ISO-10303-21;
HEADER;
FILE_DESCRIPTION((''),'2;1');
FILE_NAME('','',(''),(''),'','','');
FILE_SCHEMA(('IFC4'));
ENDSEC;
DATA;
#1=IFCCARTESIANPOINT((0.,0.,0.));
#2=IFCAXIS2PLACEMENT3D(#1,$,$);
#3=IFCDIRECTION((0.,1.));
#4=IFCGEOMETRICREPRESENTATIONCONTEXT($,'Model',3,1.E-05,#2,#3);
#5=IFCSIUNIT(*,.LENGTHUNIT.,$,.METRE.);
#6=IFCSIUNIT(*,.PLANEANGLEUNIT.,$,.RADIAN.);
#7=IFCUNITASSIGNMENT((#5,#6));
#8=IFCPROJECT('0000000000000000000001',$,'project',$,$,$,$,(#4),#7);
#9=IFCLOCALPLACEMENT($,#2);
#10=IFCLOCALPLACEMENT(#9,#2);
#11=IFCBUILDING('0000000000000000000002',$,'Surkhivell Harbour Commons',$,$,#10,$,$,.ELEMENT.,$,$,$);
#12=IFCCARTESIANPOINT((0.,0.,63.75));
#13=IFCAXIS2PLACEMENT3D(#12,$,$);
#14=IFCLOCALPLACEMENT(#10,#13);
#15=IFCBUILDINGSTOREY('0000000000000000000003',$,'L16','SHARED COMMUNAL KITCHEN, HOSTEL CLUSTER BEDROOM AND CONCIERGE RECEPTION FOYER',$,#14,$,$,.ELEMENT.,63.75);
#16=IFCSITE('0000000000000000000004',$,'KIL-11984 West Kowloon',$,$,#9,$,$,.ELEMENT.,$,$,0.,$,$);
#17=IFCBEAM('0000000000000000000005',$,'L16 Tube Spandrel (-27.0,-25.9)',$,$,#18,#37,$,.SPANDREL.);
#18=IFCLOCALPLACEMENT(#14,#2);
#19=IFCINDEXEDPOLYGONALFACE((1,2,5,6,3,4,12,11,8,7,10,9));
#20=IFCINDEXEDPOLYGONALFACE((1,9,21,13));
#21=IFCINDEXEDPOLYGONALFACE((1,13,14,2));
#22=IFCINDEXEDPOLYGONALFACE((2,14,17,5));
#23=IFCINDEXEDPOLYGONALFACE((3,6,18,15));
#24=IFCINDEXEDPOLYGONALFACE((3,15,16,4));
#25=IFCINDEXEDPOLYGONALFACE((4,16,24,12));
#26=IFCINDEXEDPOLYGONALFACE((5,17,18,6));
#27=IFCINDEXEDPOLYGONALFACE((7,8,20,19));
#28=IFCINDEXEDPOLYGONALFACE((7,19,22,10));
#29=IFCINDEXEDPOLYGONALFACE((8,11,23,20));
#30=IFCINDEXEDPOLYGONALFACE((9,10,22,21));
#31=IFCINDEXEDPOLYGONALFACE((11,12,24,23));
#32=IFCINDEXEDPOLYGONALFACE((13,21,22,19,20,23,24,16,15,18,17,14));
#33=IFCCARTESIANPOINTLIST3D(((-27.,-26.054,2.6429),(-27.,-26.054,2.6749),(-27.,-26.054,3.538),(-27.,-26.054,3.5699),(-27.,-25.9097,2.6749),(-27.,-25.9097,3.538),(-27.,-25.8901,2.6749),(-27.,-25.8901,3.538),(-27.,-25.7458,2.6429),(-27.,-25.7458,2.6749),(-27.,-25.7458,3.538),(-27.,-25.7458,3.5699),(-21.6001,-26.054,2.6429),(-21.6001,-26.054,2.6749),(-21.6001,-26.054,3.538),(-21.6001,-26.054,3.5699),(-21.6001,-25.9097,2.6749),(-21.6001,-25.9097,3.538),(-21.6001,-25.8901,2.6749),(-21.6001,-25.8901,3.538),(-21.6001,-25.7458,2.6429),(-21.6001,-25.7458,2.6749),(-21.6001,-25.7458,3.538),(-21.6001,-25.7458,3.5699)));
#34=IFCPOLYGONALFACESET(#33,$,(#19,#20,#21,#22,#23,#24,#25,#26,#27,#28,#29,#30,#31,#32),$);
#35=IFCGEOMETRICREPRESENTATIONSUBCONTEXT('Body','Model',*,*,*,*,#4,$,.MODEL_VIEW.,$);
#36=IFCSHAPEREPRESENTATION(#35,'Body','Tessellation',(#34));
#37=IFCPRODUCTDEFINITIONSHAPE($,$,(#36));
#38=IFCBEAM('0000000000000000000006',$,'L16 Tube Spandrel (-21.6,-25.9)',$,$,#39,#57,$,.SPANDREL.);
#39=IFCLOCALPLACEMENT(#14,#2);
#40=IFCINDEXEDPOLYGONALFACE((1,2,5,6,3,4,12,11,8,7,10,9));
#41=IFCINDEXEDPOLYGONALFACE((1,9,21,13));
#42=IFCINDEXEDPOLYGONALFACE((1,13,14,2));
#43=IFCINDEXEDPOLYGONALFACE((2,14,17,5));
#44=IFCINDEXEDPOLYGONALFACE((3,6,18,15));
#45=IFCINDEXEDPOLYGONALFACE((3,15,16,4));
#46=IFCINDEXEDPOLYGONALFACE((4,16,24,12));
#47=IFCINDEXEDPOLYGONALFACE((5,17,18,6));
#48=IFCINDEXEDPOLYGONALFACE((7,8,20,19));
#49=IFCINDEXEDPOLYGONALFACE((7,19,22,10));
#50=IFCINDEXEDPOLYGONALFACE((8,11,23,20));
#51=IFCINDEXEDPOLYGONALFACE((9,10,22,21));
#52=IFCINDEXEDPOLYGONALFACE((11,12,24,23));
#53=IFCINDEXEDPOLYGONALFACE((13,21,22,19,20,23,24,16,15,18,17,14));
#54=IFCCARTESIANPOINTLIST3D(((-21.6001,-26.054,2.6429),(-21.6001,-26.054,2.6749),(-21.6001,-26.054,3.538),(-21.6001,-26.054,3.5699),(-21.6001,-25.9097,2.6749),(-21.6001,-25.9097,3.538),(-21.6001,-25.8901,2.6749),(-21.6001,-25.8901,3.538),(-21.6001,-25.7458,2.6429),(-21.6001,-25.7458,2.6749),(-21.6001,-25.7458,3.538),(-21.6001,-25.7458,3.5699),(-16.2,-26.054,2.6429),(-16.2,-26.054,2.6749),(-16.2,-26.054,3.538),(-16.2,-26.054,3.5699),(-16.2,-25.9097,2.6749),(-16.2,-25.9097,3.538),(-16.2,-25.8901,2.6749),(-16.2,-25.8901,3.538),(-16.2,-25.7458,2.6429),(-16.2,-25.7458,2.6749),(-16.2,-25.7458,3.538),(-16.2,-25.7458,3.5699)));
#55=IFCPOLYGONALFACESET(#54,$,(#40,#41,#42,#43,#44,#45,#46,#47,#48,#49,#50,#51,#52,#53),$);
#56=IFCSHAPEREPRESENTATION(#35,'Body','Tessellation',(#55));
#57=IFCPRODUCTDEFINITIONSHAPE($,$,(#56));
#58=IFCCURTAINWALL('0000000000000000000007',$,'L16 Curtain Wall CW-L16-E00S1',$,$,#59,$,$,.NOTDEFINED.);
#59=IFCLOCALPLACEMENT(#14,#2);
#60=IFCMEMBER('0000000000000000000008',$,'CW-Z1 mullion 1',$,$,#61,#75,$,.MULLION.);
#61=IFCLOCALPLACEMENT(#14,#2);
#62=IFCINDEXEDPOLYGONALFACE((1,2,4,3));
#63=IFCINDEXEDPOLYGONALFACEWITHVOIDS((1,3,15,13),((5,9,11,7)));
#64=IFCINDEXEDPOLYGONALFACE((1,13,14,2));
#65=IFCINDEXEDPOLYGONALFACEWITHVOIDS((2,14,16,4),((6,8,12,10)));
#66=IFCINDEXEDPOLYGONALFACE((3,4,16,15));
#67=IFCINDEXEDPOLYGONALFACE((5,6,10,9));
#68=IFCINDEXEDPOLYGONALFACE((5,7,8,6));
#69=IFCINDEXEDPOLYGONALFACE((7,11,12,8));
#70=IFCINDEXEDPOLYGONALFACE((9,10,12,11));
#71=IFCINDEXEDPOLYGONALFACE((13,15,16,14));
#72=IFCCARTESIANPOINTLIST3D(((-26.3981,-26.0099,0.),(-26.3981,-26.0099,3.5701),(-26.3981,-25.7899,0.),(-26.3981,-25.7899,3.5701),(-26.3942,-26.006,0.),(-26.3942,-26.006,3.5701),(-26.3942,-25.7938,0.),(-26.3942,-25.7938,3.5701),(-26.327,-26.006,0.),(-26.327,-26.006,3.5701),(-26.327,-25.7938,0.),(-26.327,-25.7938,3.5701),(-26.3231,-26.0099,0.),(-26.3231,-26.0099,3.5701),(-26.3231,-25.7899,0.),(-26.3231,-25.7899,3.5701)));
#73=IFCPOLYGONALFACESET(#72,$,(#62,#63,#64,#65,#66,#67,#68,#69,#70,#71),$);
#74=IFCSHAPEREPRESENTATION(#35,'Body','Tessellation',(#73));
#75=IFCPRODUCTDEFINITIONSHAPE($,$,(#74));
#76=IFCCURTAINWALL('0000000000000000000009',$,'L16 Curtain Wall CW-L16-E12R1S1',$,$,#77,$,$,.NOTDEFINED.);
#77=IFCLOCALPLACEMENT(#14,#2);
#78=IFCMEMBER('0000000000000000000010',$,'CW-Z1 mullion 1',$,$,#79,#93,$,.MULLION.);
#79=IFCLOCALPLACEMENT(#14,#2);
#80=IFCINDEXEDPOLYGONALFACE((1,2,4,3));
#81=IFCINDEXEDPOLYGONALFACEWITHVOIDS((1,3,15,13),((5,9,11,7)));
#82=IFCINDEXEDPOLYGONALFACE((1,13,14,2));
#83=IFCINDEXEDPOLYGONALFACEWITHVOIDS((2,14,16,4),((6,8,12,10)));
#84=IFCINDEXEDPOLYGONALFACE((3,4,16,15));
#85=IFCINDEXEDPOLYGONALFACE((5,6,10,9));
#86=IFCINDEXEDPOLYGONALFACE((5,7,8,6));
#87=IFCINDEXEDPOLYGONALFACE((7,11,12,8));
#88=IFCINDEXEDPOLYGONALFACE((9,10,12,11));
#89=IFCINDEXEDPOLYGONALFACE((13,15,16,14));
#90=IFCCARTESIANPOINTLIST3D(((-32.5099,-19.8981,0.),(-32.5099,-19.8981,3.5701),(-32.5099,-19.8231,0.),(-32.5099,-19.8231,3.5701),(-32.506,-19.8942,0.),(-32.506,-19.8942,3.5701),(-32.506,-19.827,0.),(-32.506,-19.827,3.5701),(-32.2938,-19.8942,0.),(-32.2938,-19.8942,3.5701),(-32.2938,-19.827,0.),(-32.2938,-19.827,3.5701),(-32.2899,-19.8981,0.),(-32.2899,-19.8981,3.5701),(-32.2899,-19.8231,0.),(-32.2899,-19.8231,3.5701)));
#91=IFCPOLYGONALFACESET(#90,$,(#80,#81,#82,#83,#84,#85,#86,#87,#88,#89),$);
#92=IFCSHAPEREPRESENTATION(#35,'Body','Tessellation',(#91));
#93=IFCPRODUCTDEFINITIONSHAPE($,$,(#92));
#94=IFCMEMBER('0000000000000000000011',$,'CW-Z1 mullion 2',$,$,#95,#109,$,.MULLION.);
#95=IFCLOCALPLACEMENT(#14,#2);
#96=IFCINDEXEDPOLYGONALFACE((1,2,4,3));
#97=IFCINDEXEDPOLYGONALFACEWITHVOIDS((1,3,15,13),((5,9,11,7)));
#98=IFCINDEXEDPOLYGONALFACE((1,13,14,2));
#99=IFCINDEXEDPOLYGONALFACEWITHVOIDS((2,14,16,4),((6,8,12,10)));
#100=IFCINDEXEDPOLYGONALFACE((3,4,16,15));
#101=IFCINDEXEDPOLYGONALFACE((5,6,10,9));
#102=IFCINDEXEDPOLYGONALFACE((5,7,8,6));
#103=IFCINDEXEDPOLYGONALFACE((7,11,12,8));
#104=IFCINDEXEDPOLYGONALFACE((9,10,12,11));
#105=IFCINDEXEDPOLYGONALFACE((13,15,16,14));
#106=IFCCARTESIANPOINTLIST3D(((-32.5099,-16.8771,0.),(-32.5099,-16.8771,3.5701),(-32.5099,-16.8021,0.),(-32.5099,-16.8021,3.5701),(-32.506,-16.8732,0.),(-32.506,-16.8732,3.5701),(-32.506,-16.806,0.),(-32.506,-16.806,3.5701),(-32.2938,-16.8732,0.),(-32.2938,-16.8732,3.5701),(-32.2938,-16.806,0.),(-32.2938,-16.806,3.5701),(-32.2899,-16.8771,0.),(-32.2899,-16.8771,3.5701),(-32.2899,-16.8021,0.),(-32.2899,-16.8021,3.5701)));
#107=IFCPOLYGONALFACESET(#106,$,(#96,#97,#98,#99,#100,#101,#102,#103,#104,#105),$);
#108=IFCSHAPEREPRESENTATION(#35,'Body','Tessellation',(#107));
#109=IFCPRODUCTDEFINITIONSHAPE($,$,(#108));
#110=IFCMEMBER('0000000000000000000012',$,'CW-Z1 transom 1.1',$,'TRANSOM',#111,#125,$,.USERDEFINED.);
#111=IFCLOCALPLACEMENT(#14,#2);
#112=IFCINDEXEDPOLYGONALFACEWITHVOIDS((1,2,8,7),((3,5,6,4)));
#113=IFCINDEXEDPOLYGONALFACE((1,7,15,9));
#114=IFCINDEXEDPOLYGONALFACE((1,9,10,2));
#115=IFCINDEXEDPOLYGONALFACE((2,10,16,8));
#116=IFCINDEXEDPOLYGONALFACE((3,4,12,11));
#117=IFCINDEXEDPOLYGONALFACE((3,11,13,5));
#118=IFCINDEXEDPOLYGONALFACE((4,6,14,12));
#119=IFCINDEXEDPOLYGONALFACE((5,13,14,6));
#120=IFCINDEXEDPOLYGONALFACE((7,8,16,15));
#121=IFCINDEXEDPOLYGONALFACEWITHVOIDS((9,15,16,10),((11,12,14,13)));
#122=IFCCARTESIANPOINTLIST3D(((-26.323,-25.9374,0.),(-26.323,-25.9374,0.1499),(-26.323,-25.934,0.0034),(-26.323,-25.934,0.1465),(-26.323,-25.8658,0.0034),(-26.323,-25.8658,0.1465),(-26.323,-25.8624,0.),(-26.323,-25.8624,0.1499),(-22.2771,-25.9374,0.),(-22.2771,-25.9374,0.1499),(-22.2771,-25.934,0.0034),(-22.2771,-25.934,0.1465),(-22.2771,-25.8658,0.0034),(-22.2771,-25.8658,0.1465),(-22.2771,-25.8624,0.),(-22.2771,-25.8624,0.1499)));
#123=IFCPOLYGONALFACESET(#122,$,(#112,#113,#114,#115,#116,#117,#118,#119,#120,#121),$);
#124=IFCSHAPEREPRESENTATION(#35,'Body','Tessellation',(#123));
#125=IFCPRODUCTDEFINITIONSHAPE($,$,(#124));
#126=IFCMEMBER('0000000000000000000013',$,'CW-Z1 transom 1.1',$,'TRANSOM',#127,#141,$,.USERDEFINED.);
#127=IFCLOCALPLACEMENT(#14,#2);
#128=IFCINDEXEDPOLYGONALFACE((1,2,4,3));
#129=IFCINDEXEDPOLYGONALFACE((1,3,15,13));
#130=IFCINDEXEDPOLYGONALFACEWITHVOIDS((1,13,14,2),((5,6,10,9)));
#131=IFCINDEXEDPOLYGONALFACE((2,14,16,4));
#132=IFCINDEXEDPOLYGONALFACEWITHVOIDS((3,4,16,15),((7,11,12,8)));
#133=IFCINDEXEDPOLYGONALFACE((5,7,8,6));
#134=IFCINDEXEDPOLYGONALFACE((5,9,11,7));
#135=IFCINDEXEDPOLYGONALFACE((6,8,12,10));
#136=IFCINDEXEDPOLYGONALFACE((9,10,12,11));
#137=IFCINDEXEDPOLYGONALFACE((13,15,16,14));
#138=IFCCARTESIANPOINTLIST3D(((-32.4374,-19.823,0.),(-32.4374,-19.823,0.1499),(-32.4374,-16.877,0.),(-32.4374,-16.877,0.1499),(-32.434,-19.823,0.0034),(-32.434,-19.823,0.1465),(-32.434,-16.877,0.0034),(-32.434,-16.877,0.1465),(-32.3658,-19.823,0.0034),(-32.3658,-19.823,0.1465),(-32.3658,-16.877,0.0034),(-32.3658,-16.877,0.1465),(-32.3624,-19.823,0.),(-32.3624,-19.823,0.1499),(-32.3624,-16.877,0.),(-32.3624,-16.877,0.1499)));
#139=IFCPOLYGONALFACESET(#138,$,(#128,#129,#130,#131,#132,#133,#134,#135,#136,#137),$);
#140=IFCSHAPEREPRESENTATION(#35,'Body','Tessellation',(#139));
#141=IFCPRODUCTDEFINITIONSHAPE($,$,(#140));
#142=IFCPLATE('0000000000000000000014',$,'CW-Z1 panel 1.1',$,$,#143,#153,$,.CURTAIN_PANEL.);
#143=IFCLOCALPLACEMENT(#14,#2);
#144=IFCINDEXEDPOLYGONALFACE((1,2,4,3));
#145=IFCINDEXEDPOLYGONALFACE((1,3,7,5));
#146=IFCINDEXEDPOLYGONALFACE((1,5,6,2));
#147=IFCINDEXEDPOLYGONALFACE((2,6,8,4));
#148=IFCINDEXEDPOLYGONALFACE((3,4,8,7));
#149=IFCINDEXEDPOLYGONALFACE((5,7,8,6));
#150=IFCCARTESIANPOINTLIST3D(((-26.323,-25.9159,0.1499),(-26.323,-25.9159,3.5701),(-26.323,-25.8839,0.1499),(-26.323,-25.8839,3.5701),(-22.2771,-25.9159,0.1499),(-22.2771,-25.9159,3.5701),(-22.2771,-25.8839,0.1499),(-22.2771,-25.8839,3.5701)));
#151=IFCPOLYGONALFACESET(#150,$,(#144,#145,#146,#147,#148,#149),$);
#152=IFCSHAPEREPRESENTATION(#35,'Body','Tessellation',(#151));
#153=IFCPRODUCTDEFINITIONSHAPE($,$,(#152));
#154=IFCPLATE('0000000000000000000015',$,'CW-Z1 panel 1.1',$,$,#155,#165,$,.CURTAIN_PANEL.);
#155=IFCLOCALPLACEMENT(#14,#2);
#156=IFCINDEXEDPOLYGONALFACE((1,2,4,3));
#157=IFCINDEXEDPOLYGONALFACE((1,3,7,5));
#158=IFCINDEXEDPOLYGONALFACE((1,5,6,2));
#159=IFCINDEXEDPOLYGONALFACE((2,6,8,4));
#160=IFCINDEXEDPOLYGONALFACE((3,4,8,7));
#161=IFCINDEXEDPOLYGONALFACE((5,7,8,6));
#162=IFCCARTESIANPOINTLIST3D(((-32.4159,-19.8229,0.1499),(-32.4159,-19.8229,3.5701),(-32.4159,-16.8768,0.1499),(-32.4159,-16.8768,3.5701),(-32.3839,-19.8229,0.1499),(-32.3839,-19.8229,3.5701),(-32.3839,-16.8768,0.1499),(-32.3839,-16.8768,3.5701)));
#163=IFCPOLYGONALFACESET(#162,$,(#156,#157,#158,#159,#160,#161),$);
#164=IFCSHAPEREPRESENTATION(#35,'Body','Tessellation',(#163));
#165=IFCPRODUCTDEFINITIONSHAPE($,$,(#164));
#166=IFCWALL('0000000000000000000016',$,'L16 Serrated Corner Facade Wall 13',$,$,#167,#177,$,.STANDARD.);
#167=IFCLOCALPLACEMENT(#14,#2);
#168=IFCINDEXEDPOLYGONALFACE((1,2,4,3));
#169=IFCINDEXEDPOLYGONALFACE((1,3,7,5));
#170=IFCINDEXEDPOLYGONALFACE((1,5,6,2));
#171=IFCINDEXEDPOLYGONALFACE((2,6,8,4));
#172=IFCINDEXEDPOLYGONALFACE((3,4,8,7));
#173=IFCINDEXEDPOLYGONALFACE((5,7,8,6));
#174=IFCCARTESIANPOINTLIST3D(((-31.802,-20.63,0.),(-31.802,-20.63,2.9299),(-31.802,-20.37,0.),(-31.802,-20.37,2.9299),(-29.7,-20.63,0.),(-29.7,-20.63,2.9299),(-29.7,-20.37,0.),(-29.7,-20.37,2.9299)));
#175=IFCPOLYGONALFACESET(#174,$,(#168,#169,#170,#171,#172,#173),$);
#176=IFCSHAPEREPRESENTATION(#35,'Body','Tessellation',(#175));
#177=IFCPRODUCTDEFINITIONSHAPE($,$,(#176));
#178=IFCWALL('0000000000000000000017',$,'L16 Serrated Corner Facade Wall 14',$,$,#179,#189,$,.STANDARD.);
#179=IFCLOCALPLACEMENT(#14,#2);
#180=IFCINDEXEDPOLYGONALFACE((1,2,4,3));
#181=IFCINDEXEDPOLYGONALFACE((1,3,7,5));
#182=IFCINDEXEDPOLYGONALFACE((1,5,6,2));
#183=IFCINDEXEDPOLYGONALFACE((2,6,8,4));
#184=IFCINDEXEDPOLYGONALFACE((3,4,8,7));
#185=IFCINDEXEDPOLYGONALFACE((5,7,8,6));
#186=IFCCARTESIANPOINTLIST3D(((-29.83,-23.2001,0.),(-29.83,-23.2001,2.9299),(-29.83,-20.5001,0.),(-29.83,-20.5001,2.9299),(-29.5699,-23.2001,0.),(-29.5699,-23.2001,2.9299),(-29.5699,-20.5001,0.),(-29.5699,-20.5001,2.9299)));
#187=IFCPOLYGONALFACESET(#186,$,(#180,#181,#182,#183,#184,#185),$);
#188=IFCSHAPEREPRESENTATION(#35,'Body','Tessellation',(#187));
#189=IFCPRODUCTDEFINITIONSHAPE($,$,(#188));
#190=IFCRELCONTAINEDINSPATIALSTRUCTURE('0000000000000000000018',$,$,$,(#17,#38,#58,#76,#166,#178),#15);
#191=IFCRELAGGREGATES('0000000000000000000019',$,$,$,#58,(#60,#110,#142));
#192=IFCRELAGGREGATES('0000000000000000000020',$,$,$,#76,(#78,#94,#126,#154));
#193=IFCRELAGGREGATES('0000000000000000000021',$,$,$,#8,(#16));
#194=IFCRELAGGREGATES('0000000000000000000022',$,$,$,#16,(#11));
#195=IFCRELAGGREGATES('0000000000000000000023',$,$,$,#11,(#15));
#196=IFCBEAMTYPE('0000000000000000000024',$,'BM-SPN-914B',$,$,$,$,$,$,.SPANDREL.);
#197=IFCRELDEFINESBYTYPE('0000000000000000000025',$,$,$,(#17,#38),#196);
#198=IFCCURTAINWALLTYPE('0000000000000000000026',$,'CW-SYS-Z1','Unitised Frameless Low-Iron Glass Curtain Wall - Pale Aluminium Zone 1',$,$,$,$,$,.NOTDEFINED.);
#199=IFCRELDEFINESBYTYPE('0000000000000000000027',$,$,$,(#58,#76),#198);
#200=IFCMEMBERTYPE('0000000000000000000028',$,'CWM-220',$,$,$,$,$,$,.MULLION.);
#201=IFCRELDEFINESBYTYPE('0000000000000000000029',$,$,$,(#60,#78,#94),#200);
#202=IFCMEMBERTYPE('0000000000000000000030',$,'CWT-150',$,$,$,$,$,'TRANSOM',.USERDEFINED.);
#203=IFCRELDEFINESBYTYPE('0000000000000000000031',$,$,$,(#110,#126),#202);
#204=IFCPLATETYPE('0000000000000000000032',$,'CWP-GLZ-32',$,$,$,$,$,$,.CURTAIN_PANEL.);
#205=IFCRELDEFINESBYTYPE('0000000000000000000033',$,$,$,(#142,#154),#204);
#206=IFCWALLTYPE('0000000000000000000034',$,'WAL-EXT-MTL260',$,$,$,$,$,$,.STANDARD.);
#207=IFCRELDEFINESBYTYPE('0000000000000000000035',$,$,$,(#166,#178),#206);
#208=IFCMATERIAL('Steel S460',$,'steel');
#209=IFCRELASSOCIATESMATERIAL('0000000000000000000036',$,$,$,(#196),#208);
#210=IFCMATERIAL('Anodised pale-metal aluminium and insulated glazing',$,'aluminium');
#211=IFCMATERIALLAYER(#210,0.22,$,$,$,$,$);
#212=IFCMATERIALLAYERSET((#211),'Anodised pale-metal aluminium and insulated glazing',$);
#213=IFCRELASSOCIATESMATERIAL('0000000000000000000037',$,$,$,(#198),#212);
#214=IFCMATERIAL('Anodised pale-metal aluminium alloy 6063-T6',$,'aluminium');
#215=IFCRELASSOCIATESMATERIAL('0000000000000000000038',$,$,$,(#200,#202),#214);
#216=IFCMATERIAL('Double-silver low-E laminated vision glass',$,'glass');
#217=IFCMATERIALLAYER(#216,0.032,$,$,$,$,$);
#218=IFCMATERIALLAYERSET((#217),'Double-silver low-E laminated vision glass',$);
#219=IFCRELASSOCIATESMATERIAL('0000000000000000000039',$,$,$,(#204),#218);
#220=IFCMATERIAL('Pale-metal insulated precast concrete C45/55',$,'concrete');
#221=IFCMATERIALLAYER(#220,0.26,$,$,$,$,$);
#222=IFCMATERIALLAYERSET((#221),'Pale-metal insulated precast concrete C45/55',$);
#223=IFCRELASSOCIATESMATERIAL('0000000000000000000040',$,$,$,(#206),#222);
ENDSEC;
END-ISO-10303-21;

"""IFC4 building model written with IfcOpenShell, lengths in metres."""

from ifc_helpers import new_model, si_unit, direction, frame, frame_2d, origin, origin_2d, place, context, subcontext, project, spatial, rectangle, hollow_rectangle, i_section, extrude, material, layer, layer_set, material_profile, profile_set, type_object, element, aggregate, save


model = new_model("IFC4")

# Units and contexts
model_context = context("Model", 3, precision=1e-05, world=origin(), true_north=direction((0.0, 1.0)))
body_context = subcontext(model_context, "Body", "Model", "MODEL_VIEW")
ifc_project = project(units=[si_unit("LENGTHUNIT", "METRE"), si_unit("PLANEANGLEUNIT", "RADIAN")], contexts=[model_context])

# Site, building, storey
site_placement = place(None, origin())
site = spatial("IfcSite", under=ifc_project, at=site_placement, Name="KIL-11984 West Kowloon", CompositionType="ELEMENT", RefElevation=0.0)
building_placement = place(site_placement, origin())
building = spatial("IfcBuilding", under=site, at=building_placement, Name="Surkhivell Harbour Commons", CompositionType="ELEMENT")
storey_placement = place(building_placement, frame((0.0, 0.0, 63.75)))
storey = spatial("IfcBuildingStorey", under=building, at=storey_placement, Name="L16", Description="SHARED COMMUNAL KITCHEN, HOSTEL CLUSTER BEDROOM AND CONCIERGE RECEPTION FOYER", CompositionType="ELEMENT", Elevation=63.75)

# Beams
ifc_material_1 = material(Name="Steel S460", Category="steel")
ifc_material_profile_1 = material_profile(ifc_material_1, i_section(OverallWidth=0.3081, OverallDepth=0.927, WebThickness=0.0195, FlangeThickness=0.032, at=origin_2d()), Name="UB914x305x289")
ifc_profile_set_1 = profile_set([ifc_material_profile_1], Name="Steel S460")
beam_type_1 = type_object("IfcBeamType", Name="BM-SPN-914B", PredefinedType="SPANDREL", material=ifc_profile_set_1)
for number, where, z_axis, x_axis, name in (
    (1, (-27.0, -25.8999, 3.1064), (1.0, 0.0, 0.0), (0.0, 1.0, 0.0), "L16 Tube Spandrel (-27.0,-25.9)"),
):
    element("IfcBeam", number, at=place(storey_placement, frame(where, z_axis=z_axis, x_axis=x_axis)), inside=storey, type_object=beam_type_1, Name=name, PredefinedType="SPANDREL", context=body_context, shape_type="SweptSolid", body=[
        extrude(i_section(OverallWidth=0.3081, OverallDepth=0.927, WebThickness=0.0195, FlangeThickness=0.032, at=origin_2d()), origin(), (0.0, 0.0, 1.0), 5.3999),
    ])
beam_1_placement = place(storey_placement, frame((-21.6001, -25.8999, 3.1064), z_axis=(1.0, 0.0, 0.0), x_axis=(0.0, 1.0, 0.0)))
element("IfcBeam", 2, at=beam_1_placement, inside=storey, type_object=beam_type_1, Name="L16 Tube Spandrel (-21.6,-25.9)", PredefinedType="SPANDREL", context=body_context, shape_type="SweptSolid", body=[
    extrude(i_section(OverallWidth=0.3081, OverallDepth=0.927, WebThickness=0.0195, FlangeThickness=0.032, at=origin_2d()), origin(), (0.0, 0.0, 1.0), 5.4001),
])

# Curtain wall, member
ifc_material_2 = material(Name="Anodised pale-metal aluminium and insulated glazing", Category="aluminium")
ifc_layer_1 = layer(ifc_material_2, 0.22)
ifc_layer_set_1 = layer_set([ifc_layer_1], Name="Anodised pale-metal aluminium and insulated glazing")
curtain_wall_type = type_object("IfcCurtainWallType", Name="CW-SYS-Z1", Description="Unitised Frameless Low-Iron Glass Curtain Wall - Pale Aluminium Zone 1", PredefinedType="NOTDEFINED", material=ifc_layer_set_1)
curtain_wall_1_placement = place(storey_placement, origin())
curtain_wall_1 = element("IfcCurtainWall", 3, at=curtain_wall_1_placement, inside=storey, type_object=curtain_wall_type, Name="L16 Curtain Wall CW-L16-E00S1", PredefinedType="NOTDEFINED")
ifc_material_3 = material(Name="Anodised pale-metal aluminium alloy 6063-T6", Category="aluminium")
ifc_material_profile_2 = material_profile(ifc_material_3, hollow_rectangle(XDim=0.075, YDim=0.22, WallThickness=0.0039, at=origin_2d()), Name="ALU-MULL-75x220")
ifc_profile_set_2 = profile_set([ifc_material_profile_2], Name="Anodised pale-metal aluminium alloy 6063-T6")
member_type_1 = type_object("IfcMemberType", Name="CWM-220", PredefinedType="MULLION", material=ifc_profile_set_2)
member_1_placement = place(storey_placement, frame((-26.3606, -25.8999, 0.0), z_axis=(0.0, 0.0, 1.0), x_axis=(1.0, 0.0, 0.0)))
member_1 = element("IfcMember", 4, at=member_1_placement, type_object=member_type_1, Name="CW-Z1 mullion 1", PredefinedType="MULLION", context=body_context, shape_type="SweptSolid", body=[
    extrude(hollow_rectangle(XDim=0.075, YDim=0.22, WallThickness=0.0039, at=origin_2d()), origin(), (0.0, 0.0, 1.0), 3.5701),
])

# Curtain wall, members
curtain_wall_2_placement = place(storey_placement, origin())
curtain_wall_2 = element("IfcCurtainWall", 5, at=curtain_wall_2_placement, inside=storey, type_object=curtain_wall_type, Name="L16 Curtain Wall CW-L16-E12R1S1", PredefinedType="NOTDEFINED")
member_2_placement = place(storey_placement, frame((-32.3999, -19.8606, 0.0), z_axis=(0.0, 0.0, 1.0), x_axis=(0.0, 1.0, 0.0)))
member_2 = element("IfcMember", 6, at=member_2_placement, type_object=member_type_1, Name="CW-Z1 mullion 1", PredefinedType="MULLION", context=body_context, shape_type="SweptSolid", body=[
    extrude(hollow_rectangle(XDim=0.075, YDim=0.22, WallThickness=0.0039, at=origin_2d()), origin(), (0.0, 0.0, 1.0), 3.5701),
])
member_3_placement = place(storey_placement, frame((-32.3999, -16.8396, 0.0), z_axis=(0.0, 0.0, 1.0), x_axis=(0.0, 1.0, 0.0)))
member_3 = element("IfcMember", 7, at=member_3_placement, type_object=member_type_1, Name="CW-Z1 mullion 2", PredefinedType="MULLION", context=body_context, shape_type="SweptSolid", body=[
    extrude(hollow_rectangle(XDim=0.075, YDim=0.22, WallThickness=0.0039, at=origin_2d()), origin(), (0.0, 0.0, 1.0), 3.5701),
])

# Members
ifc_material_profile_3 = material_profile(ifc_material_3, hollow_rectangle(XDim=0.075, YDim=0.1499, WallThickness=0.0034, at=origin_2d()), Name="ALU-TRAN-75x150")
ifc_profile_set_3 = profile_set([ifc_material_profile_3], Name="Anodised pale-metal aluminium alloy 6063-T6")
member_type_2 = type_object("IfcMemberType", Name="CWT-150", ElementType="TRANSOM", PredefinedType="USERDEFINED", material=ifc_profile_set_3)
member_4_placement = place(storey_placement, frame((-26.323, -25.8999, 0.075), z_axis=(1.0, 0.0, 0.0), x_axis=(0.0, 1.0, 0.0)))
member_4 = element("IfcMember", 8, at=member_4_placement, type_object=member_type_2, Name="CW-Z1 transom 1.1", ObjectType="TRANSOM", PredefinedType="USERDEFINED", context=body_context, shape_type="SweptSolid", body=[
    extrude(hollow_rectangle(XDim=0.075, YDim=0.1499, WallThickness=0.0034, at=origin_2d()), origin(), (0.0, 0.0, 1.0), 4.0459),
])
member_5_placement = place(storey_placement, frame((-32.3999, -19.823, 0.075), z_axis=(0.0, 1.0, 0.0), x_axis=(-1.0, 0.0, 0.0)))
member_5 = element("IfcMember", 9, at=member_5_placement, type_object=member_type_2, Name="CW-Z1 transom 1.1", ObjectType="TRANSOM", PredefinedType="USERDEFINED", context=body_context, shape_type="SweptSolid", body=[
    extrude(hollow_rectangle(XDim=0.075, YDim=0.1499, WallThickness=0.0034, at=origin_2d()), origin(), (0.0, 0.0, 1.0), 2.946),
])

# Plates
ifc_material_4 = material(Name="Double-silver low-E laminated vision glass", Category="glass")
ifc_layer_2 = layer(ifc_material_4, 0.032)
ifc_layer_set_2 = layer_set([ifc_layer_2], Name="Double-silver low-E laminated vision glass")
plate_type = type_object("IfcPlateType", Name="CWP-GLZ-32", PredefinedType="CURTAIN_PANEL", material=ifc_layer_set_2)
plate_1_placement = place(storey_placement, frame((-26.323, -25.8999, 0.1499), z_axis=(0.0, 0.0, 1.0), x_axis=(1.0, 0.0, 0.0)))
plate_1 = element("IfcPlate", 10, at=plate_1_placement, type_object=plate_type, Name="CW-Z1 panel 1.1", PredefinedType="CURTAIN_PANEL", context=body_context, shape_type="SweptSolid", body=[
    extrude(rectangle(XDim=4.0459, YDim=0.032, at=frame_2d((2.0229, 0.0))), origin(), (0.0, 0.0, 1.0), 3.4202),
])
aggregate(curtain_wall_1, [member_1, member_4, plate_1])
plate_2_placement = place(storey_placement, frame((-32.3999, -19.823, 0.1499), z_axis=(0.0, 0.0, 1.0), x_axis=(0.0, 1.0, 0.0)))
plate_2 = element("IfcPlate", 11, at=plate_2_placement, type_object=plate_type, Name="CW-Z1 panel 1.1", PredefinedType="CURTAIN_PANEL", context=body_context, shape_type="SweptSolid", body=[
    extrude(rectangle(XDim=2.946, YDim=0.032, at=frame_2d((1.4731, 0.0))), origin(), (0.0, 0.0, 1.0), 3.4202),
])
aggregate(curtain_wall_2, [member_2, member_3, member_5, plate_2])

# Walls
ifc_material_5 = material(Name="Pale-metal insulated precast concrete C45/55", Category="concrete")
ifc_layer_3 = layer(ifc_material_5, 0.26)
ifc_layer_set_3 = layer_set([ifc_layer_3], Name="Pale-metal insulated precast concrete C45/55")
wall_type = type_object("IfcWallType", Name="WAL-EXT-MTL260", PredefinedType="STANDARD", material=ifc_layer_set_3)
wall_1_placement = place(storey_placement, frame((-31.802, -20.5, 0.0), z_axis=(0.0, 0.0, 1.0), x_axis=(1.0, 0.0, 0.0)))
element("IfcWall", 12, at=wall_1_placement, inside=storey, type_object=wall_type, Name="L16 Serrated Corner Facade Wall 13", PredefinedType="STANDARD", context=body_context, shape_type="SweptSolid", body=[
    extrude(rectangle(XDim=2.1021, YDim=0.26, at=frame_2d((1.051, 0.0))), origin(), (0.0, 0.0, 1.0), 2.9299),
])
for number, where, z_axis, x_axis, name in (
    (13, (-29.7, -20.5, 0.0), (0.0, 0.0, 1.0), (0.0, -1.0, 0.0), "L16 Serrated Corner Facade Wall 14"),
):
    element("IfcWall", number, at=place(storey_placement, frame(where, z_axis=z_axis, x_axis=x_axis)), inside=storey, type_object=wall_type, Name=name, PredefinedType="STANDARD", context=body_context, shape_type="SweptSolid", body=[
        extrude(rectangle(XDim=2.7, YDim=0.26, at=frame_2d((1.3501, 0.0))), origin(), (0.0, 0.0, 1.0), 2.9299),
    ])

save(model, "model.ifc")
